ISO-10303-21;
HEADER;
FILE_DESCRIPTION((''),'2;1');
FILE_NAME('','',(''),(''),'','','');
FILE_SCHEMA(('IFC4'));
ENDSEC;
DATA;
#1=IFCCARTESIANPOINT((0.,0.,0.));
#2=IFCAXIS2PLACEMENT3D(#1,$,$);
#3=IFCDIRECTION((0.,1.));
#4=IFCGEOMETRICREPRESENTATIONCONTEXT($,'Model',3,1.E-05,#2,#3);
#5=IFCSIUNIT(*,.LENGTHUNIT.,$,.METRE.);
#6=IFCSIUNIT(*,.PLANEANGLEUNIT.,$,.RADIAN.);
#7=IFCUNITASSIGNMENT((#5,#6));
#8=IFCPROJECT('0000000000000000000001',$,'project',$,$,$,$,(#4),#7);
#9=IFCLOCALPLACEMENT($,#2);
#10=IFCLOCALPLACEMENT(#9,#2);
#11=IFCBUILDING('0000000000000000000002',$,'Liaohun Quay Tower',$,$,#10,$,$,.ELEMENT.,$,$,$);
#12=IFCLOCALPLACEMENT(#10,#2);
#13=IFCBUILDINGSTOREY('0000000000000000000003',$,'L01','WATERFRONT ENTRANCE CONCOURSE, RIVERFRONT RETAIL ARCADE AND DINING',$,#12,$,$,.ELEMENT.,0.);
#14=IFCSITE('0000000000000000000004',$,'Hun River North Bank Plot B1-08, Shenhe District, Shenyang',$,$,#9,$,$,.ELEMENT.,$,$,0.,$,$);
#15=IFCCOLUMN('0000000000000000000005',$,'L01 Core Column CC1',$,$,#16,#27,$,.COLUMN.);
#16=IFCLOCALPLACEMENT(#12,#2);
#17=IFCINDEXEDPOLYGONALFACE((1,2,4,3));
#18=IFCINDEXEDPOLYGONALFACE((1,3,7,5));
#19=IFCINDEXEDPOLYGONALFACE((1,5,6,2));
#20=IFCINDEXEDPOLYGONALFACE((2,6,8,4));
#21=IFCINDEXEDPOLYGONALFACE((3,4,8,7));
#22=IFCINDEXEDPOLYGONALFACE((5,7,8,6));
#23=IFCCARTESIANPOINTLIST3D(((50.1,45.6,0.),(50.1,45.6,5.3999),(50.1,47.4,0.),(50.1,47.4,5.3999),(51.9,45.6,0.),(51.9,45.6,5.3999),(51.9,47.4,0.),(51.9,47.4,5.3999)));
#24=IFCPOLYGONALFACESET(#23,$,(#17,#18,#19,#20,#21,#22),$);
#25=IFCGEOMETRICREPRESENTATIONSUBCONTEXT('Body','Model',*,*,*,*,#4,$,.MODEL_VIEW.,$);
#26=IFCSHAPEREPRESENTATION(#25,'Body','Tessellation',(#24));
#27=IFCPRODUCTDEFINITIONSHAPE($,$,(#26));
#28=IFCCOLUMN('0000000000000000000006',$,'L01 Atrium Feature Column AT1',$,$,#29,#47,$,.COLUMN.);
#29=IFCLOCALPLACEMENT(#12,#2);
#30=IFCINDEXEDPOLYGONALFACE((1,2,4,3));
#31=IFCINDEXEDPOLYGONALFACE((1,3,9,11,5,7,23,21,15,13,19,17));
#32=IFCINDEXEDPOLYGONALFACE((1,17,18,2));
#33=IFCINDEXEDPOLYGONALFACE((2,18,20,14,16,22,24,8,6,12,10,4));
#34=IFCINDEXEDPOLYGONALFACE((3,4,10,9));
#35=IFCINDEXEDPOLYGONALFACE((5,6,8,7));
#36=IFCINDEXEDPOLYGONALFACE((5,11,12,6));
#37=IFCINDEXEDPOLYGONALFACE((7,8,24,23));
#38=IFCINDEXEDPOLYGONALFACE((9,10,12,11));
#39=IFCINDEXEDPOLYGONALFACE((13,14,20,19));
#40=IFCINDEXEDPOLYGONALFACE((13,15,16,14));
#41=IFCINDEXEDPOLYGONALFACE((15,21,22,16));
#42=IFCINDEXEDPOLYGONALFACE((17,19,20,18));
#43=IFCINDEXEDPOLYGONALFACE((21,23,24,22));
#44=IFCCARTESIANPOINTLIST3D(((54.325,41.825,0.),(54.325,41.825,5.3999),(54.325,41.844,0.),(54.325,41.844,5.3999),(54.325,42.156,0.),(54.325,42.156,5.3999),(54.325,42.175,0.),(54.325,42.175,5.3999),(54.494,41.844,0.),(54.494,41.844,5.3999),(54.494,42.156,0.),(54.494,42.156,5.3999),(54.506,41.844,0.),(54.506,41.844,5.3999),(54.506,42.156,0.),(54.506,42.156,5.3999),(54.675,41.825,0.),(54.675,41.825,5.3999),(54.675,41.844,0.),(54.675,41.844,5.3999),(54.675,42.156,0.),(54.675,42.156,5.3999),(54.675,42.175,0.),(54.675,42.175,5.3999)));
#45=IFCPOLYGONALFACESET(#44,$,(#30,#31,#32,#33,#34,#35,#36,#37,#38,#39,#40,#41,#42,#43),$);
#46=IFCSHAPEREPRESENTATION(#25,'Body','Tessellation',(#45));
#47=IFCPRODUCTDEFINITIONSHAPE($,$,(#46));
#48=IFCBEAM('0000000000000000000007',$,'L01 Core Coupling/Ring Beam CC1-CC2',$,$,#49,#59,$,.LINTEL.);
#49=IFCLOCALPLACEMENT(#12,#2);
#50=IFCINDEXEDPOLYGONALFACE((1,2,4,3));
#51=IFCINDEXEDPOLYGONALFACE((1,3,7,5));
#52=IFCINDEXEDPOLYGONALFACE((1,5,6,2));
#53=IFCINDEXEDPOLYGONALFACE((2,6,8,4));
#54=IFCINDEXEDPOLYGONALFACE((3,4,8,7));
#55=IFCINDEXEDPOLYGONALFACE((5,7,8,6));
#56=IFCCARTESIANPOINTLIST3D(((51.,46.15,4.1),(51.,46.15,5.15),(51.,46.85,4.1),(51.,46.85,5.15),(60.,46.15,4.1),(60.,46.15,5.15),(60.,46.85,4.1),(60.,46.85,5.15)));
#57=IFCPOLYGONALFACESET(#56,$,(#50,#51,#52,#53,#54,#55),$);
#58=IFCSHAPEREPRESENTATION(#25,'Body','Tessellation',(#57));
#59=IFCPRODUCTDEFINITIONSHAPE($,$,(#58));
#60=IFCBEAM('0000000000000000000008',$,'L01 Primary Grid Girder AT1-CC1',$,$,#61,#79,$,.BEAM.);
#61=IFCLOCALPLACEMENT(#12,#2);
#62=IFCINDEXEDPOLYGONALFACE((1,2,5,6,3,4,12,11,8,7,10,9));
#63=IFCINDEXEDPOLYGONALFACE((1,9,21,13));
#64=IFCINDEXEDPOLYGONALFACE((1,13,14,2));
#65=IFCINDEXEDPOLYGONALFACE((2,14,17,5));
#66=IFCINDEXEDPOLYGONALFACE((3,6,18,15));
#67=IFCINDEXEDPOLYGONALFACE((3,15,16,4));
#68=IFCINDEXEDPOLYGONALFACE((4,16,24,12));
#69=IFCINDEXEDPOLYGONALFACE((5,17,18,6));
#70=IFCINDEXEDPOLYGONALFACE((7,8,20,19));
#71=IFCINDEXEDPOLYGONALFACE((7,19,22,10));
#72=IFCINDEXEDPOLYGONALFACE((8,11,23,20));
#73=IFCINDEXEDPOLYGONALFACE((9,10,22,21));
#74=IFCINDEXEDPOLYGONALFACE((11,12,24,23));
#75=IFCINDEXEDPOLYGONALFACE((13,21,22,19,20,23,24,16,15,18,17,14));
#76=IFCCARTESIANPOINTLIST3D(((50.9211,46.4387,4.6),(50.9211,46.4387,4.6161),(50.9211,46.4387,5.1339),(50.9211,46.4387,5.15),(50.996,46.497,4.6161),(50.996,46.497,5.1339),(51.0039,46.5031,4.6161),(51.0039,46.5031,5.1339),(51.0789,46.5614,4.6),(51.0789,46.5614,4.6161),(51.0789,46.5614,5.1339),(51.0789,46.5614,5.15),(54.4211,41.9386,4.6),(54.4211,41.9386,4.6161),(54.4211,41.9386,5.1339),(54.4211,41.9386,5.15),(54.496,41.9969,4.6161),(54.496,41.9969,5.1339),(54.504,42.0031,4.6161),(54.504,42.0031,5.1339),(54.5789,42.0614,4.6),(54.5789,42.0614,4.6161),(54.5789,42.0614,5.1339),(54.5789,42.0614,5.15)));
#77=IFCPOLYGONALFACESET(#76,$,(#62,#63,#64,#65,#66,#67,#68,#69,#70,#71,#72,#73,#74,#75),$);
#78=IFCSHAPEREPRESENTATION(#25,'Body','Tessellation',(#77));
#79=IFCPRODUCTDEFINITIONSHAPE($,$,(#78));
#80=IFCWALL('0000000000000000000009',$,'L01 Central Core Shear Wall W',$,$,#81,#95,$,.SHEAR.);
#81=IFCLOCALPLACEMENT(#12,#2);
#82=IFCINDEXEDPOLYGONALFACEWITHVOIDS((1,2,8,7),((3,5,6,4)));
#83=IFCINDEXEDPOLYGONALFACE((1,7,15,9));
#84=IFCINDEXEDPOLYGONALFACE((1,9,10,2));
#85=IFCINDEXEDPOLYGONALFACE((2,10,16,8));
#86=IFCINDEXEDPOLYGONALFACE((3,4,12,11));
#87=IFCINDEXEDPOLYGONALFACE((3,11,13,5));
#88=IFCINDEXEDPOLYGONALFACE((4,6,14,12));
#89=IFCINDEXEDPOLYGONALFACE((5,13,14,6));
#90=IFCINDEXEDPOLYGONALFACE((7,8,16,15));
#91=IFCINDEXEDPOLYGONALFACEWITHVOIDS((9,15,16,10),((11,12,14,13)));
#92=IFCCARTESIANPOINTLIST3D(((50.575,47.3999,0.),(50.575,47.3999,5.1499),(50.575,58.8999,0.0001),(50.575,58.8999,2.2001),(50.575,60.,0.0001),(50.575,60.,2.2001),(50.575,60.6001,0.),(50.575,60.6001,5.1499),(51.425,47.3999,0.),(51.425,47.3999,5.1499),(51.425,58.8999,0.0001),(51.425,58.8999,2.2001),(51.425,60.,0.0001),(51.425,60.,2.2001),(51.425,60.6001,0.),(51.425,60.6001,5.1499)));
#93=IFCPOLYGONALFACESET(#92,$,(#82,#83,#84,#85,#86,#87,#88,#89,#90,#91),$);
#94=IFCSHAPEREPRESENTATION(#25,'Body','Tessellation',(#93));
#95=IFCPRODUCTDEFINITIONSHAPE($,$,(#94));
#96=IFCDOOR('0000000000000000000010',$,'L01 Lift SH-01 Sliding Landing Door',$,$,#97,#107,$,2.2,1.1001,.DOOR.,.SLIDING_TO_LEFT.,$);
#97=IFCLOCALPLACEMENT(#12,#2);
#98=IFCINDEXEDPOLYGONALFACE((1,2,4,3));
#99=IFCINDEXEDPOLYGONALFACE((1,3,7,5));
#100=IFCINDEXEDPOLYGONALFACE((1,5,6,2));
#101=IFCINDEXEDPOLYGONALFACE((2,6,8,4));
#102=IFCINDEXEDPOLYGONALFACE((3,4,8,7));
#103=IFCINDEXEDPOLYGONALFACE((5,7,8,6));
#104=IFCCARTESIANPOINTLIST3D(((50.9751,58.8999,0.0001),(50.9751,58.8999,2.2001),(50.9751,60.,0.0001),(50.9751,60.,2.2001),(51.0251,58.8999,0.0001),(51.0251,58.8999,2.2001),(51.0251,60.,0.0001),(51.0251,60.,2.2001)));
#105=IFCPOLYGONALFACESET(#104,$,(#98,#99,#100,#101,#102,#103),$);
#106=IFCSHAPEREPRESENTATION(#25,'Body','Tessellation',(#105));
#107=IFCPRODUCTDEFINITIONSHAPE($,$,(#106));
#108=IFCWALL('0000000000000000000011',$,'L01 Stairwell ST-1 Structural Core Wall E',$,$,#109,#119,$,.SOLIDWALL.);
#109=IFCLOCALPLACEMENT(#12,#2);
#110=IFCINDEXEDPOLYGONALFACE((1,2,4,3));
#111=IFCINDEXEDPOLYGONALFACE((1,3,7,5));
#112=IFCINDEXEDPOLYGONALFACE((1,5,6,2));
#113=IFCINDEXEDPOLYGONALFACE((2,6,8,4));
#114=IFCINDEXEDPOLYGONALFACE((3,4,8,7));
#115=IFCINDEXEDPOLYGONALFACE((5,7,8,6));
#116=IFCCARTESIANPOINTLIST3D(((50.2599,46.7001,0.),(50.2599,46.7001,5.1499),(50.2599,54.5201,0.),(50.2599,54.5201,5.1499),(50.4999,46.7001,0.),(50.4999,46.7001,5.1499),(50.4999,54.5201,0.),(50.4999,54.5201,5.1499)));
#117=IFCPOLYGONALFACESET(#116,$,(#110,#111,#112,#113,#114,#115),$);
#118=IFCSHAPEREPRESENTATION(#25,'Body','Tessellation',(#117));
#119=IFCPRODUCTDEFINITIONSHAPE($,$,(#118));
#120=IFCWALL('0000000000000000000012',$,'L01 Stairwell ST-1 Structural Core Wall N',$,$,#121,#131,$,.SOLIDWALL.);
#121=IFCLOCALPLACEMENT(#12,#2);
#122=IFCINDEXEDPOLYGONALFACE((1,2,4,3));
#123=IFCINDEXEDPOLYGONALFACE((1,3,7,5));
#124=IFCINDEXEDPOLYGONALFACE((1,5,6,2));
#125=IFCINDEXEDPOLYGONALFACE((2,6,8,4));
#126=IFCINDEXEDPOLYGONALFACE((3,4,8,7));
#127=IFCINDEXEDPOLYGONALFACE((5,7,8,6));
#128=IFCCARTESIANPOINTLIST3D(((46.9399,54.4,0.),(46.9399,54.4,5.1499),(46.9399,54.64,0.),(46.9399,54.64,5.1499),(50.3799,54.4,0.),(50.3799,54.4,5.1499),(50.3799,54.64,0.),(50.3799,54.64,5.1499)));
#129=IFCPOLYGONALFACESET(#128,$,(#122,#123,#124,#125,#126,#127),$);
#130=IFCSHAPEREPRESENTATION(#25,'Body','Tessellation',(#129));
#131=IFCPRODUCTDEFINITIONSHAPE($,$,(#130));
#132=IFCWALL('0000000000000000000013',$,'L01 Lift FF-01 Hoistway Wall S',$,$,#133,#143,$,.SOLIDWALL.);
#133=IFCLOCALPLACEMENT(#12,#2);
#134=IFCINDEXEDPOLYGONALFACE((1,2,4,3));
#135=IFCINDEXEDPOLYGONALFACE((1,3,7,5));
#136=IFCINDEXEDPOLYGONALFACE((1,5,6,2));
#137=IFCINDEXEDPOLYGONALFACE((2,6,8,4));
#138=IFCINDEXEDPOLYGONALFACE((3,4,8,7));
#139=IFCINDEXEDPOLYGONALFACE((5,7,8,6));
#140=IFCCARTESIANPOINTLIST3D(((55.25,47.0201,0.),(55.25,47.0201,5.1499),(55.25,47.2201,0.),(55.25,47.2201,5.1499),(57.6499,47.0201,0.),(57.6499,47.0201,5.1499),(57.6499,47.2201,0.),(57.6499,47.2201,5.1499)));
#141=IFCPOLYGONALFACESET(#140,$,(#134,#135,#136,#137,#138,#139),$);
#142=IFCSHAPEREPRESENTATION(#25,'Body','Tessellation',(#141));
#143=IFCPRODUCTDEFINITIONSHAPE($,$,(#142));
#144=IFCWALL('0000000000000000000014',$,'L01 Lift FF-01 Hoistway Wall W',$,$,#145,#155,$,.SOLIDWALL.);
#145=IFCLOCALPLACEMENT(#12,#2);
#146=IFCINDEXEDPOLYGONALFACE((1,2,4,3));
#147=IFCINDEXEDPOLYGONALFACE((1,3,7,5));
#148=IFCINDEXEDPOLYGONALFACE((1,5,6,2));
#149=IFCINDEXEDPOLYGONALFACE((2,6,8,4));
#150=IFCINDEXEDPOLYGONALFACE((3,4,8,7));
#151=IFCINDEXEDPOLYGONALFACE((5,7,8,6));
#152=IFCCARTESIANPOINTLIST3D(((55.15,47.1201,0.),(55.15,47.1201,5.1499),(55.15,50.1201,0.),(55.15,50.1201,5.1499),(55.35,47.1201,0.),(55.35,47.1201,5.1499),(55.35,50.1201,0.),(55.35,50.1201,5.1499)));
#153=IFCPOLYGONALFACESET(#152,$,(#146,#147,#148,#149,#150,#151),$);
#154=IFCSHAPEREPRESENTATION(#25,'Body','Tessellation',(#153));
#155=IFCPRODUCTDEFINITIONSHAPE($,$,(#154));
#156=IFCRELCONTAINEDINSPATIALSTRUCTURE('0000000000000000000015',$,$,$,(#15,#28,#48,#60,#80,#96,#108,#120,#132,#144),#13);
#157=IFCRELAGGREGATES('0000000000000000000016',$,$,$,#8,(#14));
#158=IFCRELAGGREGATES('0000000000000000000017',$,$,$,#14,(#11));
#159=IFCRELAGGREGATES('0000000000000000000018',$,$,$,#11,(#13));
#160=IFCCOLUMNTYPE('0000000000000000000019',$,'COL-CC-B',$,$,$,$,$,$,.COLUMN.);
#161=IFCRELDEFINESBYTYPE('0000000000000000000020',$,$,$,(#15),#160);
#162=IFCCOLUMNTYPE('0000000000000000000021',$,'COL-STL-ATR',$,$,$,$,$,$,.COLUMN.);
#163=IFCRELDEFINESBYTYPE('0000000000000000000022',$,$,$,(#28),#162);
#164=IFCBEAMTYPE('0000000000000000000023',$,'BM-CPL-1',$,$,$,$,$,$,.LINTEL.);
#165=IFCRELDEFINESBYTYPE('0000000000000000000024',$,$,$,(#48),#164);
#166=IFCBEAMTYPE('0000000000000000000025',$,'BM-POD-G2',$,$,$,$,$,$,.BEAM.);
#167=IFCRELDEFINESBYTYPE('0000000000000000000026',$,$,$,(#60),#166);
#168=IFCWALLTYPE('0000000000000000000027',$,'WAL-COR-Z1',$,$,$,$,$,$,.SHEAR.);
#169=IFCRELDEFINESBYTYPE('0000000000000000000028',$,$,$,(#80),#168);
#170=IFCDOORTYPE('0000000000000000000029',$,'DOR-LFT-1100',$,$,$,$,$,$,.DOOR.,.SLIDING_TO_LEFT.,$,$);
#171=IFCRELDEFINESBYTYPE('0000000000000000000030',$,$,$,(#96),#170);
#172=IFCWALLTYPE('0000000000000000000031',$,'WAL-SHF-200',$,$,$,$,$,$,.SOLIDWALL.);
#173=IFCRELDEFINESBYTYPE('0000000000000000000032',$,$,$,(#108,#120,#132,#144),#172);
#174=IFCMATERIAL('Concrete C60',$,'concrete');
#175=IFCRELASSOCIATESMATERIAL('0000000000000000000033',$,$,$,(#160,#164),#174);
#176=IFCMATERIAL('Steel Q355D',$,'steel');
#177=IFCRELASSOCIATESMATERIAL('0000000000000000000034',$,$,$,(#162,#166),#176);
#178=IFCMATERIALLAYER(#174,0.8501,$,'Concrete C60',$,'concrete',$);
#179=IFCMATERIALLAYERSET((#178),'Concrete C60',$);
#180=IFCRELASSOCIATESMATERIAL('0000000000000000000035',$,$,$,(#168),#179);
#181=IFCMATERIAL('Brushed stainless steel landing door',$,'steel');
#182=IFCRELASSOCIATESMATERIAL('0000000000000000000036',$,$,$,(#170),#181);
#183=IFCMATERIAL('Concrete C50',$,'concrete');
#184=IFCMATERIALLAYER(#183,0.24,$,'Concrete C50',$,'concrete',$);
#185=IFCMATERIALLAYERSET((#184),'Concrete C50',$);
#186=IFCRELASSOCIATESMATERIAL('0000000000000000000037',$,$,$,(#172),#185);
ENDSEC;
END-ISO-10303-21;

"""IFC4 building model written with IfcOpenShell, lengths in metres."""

from ifc_helpers import new_model, si_unit, direction, frame, frame_2d, origin, origin_2d, place, context, subcontext, project, spatial, rectangle, i_section, extrude, source, transform, mapped, material, layer, layer_set, material_profile, profile_set, type_object, element, fill, save


model = new_model("IFC4")

# Units and contexts
model_context = context("Model", 3, precision=1e-05, world=origin(), true_north=direction((0.0, 1.0)))
body_context = subcontext(model_context, "Body", "Model", "MODEL_VIEW")
ifc_project = project(units=[si_unit("LENGTHUNIT", "METRE"), si_unit("PLANEANGLEUNIT", "RADIAN")], contexts=[model_context])

# Site, building, storey
site_placement = place(None, origin())
site = spatial("IfcSite", under=ifc_project, at=site_placement, Name="Hun River North Bank Plot B1-08, Shenhe District, Shenyang", CompositionType="ELEMENT", RefElevation=0.0)
building_placement = place(site_placement, origin())
building = spatial("IfcBuilding", under=site, at=building_placement, Name="Liaohun Quay Tower", CompositionType="ELEMENT")
storey_placement = place(building_placement, origin())
storey = spatial("IfcBuildingStorey", under=building, at=storey_placement, Name="L01", Description="WATERFRONT ENTRANCE CONCOURSE, RIVERFRONT RETAIL ARCADE AND DINING", CompositionType="ELEMENT", Elevation=0.0)

# Columns
ifc_material_1 = material(Name="Concrete C60", Category="concrete")
ifc_material_profile_1 = material_profile(ifc_material_1, rectangle(XDim=1.8, YDim=1.8, at=origin_2d()), Name="RC1800x1800")
ifc_profile_set_1 = profile_set([ifc_material_profile_1], Name="Concrete C60")
column_type_1 = type_object("IfcColumnType", Name="COL-CC-B", PredefinedType="COLUMN", material=ifc_profile_set_1)
shared_shape_1 = source(origin(), body_context, "Body", "SweptSolid", [
    extrude(rectangle(XDim=1.8, YDim=1.8, at=origin_2d()), origin(), (0.0, 0.0, 1.0), 5.3999),
])
column_1_placement = place(storey_placement, frame((51.0, 46.5, 0.0), z_axis=(0.0, 0.0, 1.0), x_axis=(1.0, 0.0, 0.0)))
element("IfcColumn", 1, at=column_1_placement, inside=storey, type_object=column_type_1, Name="L01 Core Column CC1", PredefinedType="COLUMN", context=body_context, shape_type="MappedRepresentation", body=[
    mapped(shared_shape_1, transform((0.0, 0.0, 0.0), x_axis=(1.0, 0.0, 0.0), y_axis=(0.0, 1.0, 0.0), z_axis=(0.0, 0.0, 1.0), scale=1.0)),
])
ifc_material_2 = material(Name="Steel Q355D", Category="steel")
ifc_material_profile_2 = material_profile(ifc_material_2, i_section(OverallWidth=0.3501, OverallDepth=0.3501, WebThickness=0.012, FlangeThickness=0.019, at=origin_2d()), Name="HW350x350x12x19")
ifc_profile_set_2 = profile_set([ifc_material_profile_2], Name="Steel Q355D")
column_type_2 = type_object("IfcColumnType", Name="COL-STL-ATR", PredefinedType="COLUMN", material=ifc_profile_set_2)
shared_shape_2 = source(origin(), body_context, "Body", "SweptSolid", [
    extrude(i_section(OverallWidth=0.3501, OverallDepth=0.3501, WebThickness=0.012, FlangeThickness=0.019, at=origin_2d()), origin(), (0.0, 0.0, 1.0), 5.3999),
])
column_2_placement = place(storey_placement, frame((54.5, 42.0, 0.0), z_axis=(0.0, 0.0, 1.0), x_axis=(1.0, 0.0, 0.0)))
element("IfcColumn", 2, at=column_2_placement, inside=storey, type_object=column_type_2, Name="L01 Atrium Feature Column AT1", PredefinedType="COLUMN", context=body_context, shape_type="MappedRepresentation", body=[
    mapped(shared_shape_2, transform((0.0, 0.0, 0.0), x_axis=(1.0, 0.0, 0.0), y_axis=(0.0, 1.0, 0.0), z_axis=(0.0, 0.0, 1.0), scale=1.0)),
])

# Beams
ifc_material_profile_3 = material_profile(ifc_material_1, rectangle(XDim=0.7, YDim=1.05, at=origin_2d()), Name="RC700x1050")
ifc_profile_set_3 = profile_set([ifc_material_profile_3], Name="Concrete C60")
beam_type_1 = type_object("IfcBeamType", Name="BM-CPL-1", PredefinedType="LINTEL", material=ifc_profile_set_3)
shared_shape_3 = source(origin(), body_context, "Body", "SweptSolid", [
    extrude(rectangle(XDim=0.7, YDim=1.05, at=origin_2d()), origin(), (0.0, 0.0, 1.0), 9.0),
])
beam_1_placement = place(storey_placement, frame((51.0, 46.5, 4.625), z_axis=(1.0, 0.0, 0.0), x_axis=(0.0, 1.0, 0.0)))
element("IfcBeam", 3, at=beam_1_placement, inside=storey, type_object=beam_type_1, Name="L01 Core Coupling/Ring Beam CC1-CC2", PredefinedType="LINTEL", context=body_context, shape_type="MappedRepresentation", body=[
    mapped(shared_shape_3, transform((0.0, 0.0, 0.0), x_axis=(1.0, 0.0, 0.0), y_axis=(0.0, 1.0, 0.0), z_axis=(0.0, 0.0, 1.0), scale=1.0)),
])
ifc_material_profile_4 = material_profile(ifc_material_2, i_section(OverallWidth=0.2, OverallDepth=0.55, WebThickness=0.01, FlangeThickness=0.0161, at=origin_2d()), Name="HN550x200x10x16")
ifc_profile_set_4 = profile_set([ifc_material_profile_4], Name="Steel Q355D")
beam_type_2 = type_object("IfcBeamType", Name="BM-POD-G2", PredefinedType="BEAM", material=ifc_profile_set_4)
shared_shape_4 = source(origin(), body_context, "Body", "SweptSolid", [
    extrude(i_section(OverallWidth=0.2, OverallDepth=0.55, WebThickness=0.01, FlangeThickness=0.0161, at=origin_2d()), origin(), (0.0, 0.0, 1.0), 5.7009),
])
beam_2_placement = place(storey_placement, frame((54.5, 42.0, 4.875), z_axis=(-0.613941, 0.789352, 0.0), x_axis=(-0.789352, -0.613941, 0.0)))
element("IfcBeam", 4, at=beam_2_placement, inside=storey, type_object=beam_type_2, Name="L01 Primary Grid Girder AT1-CC1", PredefinedType="BEAM", context=body_context, shape_type="MappedRepresentation", body=[
    mapped(shared_shape_4, transform((0.0, 0.0, 0.0), x_axis=(1.0, 0.0, 0.0), y_axis=(0.0, 1.0, 0.0), z_axis=(0.0, 0.0, 1.0), scale=1.0)),
])

# Wall, opening, door
ifc_layer_1 = layer(ifc_material_1, 0.8501, Name="Concrete C60", Category="concrete")
ifc_layer_set_1 = layer_set([ifc_layer_1], Name="Concrete C60")
wall_type_1 = type_object("IfcWallType", Name="WAL-COR-Z1", PredefinedType="SHEAR", material=ifc_layer_set_1)
wall_1_placement = place(storey_placement, frame((51.0, 47.3999, 0.0), z_axis=(0.0, 0.0, 1.0), x_axis=(0.0, 1.0, 0.0)))
wall_1 = element("IfcWall", 5, at=wall_1_placement, inside=storey, type_object=wall_type_1, Name="L01 Central Core Shear Wall W", PredefinedType="SHEAR", context=body_context, shape_type="SweptSolid", body=[
    extrude(rectangle(XDim=13.2002, YDim=0.8501, at=frame_2d((6.6001, 0.0))), origin(), (0.0, 0.0, 1.0), 5.1499),
])
shared_shape_5 = source(origin(), body_context, "Body", "SweptSolid", [
    extrude(rectangle(XDim=1.1001, YDim=2.2, at=frame_2d((0.55, 1.1001))), frame((0.0, 0.4351, 0.0), z_axis=(0.0, -1.0, 0.0), x_axis=(1.0, 0.0, 0.0)), (0.0, 0.0, 1.0), 0.8701),
])
opening_1_placement = place(wall_1_placement, frame((11.5, 0.0, 0.0)))
opening_1 = element("IfcOpeningElement", 6, at=opening_1_placement, cuts=wall_1, PredefinedType="OPENING", context=body_context, shape_type="MappedRepresentation", body=[
    mapped(shared_shape_5, transform((0.0, 0.0, 0.0), x_axis=(1.0, 0.0, 0.0), y_axis=(0.0, 1.0, 0.0), z_axis=(0.0, 0.0, 1.0), scale=1.0)),
])
ifc_material_3 = material(Name="Brushed stainless steel landing door", Category="steel")
door_type = type_object("IfcDoorType", Name="DOR-LFT-1100", OperationType="SLIDING_TO_LEFT", PredefinedType="DOOR", material=ifc_material_3)
shared_shape_6 = source(origin(), body_context, "Body", "SweptSolid", [
    extrude(rectangle(XDim=1.1001, YDim=2.2, at=frame_2d((0.55, 1.1001))), frame((0.0, 0.0249, 0.0), z_axis=(0.0, -1.0, 0.0), x_axis=(1.0, 0.0, 0.0)), (0.0, 0.0, 1.0), 0.05),
])
door_1_placement = place(opening_1_placement, origin())
door_1 = element("IfcDoor", 7, at=door_1_placement, inside=storey, type_object=door_type, Name="L01 Lift SH-01 Sliding Landing Door", OperationType="SLIDING_TO_LEFT", OverallHeight=2.2, OverallWidth=1.1001, PredefinedType="DOOR", context=body_context, shape_type="MappedRepresentation", body=[
    mapped(shared_shape_6, transform((0.0, 0.0, 0.0), x_axis=(1.0, 0.0, 0.0), y_axis=(0.0, 1.0, 0.0), z_axis=(0.0, 0.0, 1.0), scale=1.0)),
])
fill(opening_1, door_1)

# Walls
ifc_material_4 = material(Name="Concrete C50", Category="concrete")
ifc_layer_2 = layer(ifc_material_4, 0.24, Name="Concrete C50", Category="concrete")
ifc_layer_set_2 = layer_set([ifc_layer_2], Name="Concrete C50")
wall_type_2 = type_object("IfcWallType", Name="WAL-SHF-200", PredefinedType="SOLIDWALL", material=ifc_layer_set_2)
wall_2_placement = place(storey_placement, frame((50.3799, 46.7, 0.0), z_axis=(0.0, 0.0, 1.0), x_axis=(0.0, 1.0, 0.0)))
element("IfcWall", 8, at=wall_2_placement, inside=storey, type_object=wall_type_2, Name="L01 Stairwell ST-1 Structural Core Wall E", PredefinedType="SOLIDWALL", context=body_context, shape_type="SweptSolid", body=[
    extrude(rectangle(XDim=7.8201, YDim=0.24, at=frame_2d((3.9102, 0.0))), origin(), (0.0, 0.0, 1.0), 5.1499),
])
wall_3_placement = place(storey_placement, frame((50.3799, 54.52, 0.0), z_axis=(0.0, 0.0, 1.0), x_axis=(-1.0, 0.0, 0.0)))
element("IfcWall", 9, at=wall_3_placement, inside=storey, type_object=wall_type_2, Name="L01 Stairwell ST-1 Structural Core Wall N", PredefinedType="SOLIDWALL", context=body_context, shape_type="SweptSolid", body=[
    extrude(rectangle(XDim=3.4399, YDim=0.24, at=frame_2d((1.72, 0.0))), origin(), (0.0, 0.0, 1.0), 5.1499),
])
wall_4_placement = place(storey_placement, frame((55.25, 47.1201, 0.0), z_axis=(0.0, 0.0, 1.0), x_axis=(1.0, 0.0, 0.0)))
element("IfcWall", 10, at=wall_4_placement, inside=storey, type_object=wall_type_2, Name="L01 Lift FF-01 Hoistway Wall S", PredefinedType="SOLIDWALL", context=body_context, shape_type="SweptSolid", body=[
    extrude(rectangle(XDim=2.3999, YDim=0.2, at=frame_2d((1.2, 0.0))), origin(), (0.0, 0.0, 1.0), 5.1499),
])
wall_5_placement = place(storey_placement, frame((55.25, 50.1201, 0.0), z_axis=(0.0, 0.0, 1.0), x_axis=(0.0, -1.0, 0.0)))
element("IfcWall", 11, at=wall_5_placement, inside=storey, type_object=wall_type_2, Name="L01 Lift FF-01 Hoistway Wall W", PredefinedType="SOLIDWALL", context=body_context, shape_type="SweptSolid", body=[
    extrude(rectangle(XDim=3.0, YDim=0.2, at=frame_2d((1.5, 0.0))), origin(), (0.0, 0.0, 1.0), 5.1499),
])

save(model, "model.ifc")
